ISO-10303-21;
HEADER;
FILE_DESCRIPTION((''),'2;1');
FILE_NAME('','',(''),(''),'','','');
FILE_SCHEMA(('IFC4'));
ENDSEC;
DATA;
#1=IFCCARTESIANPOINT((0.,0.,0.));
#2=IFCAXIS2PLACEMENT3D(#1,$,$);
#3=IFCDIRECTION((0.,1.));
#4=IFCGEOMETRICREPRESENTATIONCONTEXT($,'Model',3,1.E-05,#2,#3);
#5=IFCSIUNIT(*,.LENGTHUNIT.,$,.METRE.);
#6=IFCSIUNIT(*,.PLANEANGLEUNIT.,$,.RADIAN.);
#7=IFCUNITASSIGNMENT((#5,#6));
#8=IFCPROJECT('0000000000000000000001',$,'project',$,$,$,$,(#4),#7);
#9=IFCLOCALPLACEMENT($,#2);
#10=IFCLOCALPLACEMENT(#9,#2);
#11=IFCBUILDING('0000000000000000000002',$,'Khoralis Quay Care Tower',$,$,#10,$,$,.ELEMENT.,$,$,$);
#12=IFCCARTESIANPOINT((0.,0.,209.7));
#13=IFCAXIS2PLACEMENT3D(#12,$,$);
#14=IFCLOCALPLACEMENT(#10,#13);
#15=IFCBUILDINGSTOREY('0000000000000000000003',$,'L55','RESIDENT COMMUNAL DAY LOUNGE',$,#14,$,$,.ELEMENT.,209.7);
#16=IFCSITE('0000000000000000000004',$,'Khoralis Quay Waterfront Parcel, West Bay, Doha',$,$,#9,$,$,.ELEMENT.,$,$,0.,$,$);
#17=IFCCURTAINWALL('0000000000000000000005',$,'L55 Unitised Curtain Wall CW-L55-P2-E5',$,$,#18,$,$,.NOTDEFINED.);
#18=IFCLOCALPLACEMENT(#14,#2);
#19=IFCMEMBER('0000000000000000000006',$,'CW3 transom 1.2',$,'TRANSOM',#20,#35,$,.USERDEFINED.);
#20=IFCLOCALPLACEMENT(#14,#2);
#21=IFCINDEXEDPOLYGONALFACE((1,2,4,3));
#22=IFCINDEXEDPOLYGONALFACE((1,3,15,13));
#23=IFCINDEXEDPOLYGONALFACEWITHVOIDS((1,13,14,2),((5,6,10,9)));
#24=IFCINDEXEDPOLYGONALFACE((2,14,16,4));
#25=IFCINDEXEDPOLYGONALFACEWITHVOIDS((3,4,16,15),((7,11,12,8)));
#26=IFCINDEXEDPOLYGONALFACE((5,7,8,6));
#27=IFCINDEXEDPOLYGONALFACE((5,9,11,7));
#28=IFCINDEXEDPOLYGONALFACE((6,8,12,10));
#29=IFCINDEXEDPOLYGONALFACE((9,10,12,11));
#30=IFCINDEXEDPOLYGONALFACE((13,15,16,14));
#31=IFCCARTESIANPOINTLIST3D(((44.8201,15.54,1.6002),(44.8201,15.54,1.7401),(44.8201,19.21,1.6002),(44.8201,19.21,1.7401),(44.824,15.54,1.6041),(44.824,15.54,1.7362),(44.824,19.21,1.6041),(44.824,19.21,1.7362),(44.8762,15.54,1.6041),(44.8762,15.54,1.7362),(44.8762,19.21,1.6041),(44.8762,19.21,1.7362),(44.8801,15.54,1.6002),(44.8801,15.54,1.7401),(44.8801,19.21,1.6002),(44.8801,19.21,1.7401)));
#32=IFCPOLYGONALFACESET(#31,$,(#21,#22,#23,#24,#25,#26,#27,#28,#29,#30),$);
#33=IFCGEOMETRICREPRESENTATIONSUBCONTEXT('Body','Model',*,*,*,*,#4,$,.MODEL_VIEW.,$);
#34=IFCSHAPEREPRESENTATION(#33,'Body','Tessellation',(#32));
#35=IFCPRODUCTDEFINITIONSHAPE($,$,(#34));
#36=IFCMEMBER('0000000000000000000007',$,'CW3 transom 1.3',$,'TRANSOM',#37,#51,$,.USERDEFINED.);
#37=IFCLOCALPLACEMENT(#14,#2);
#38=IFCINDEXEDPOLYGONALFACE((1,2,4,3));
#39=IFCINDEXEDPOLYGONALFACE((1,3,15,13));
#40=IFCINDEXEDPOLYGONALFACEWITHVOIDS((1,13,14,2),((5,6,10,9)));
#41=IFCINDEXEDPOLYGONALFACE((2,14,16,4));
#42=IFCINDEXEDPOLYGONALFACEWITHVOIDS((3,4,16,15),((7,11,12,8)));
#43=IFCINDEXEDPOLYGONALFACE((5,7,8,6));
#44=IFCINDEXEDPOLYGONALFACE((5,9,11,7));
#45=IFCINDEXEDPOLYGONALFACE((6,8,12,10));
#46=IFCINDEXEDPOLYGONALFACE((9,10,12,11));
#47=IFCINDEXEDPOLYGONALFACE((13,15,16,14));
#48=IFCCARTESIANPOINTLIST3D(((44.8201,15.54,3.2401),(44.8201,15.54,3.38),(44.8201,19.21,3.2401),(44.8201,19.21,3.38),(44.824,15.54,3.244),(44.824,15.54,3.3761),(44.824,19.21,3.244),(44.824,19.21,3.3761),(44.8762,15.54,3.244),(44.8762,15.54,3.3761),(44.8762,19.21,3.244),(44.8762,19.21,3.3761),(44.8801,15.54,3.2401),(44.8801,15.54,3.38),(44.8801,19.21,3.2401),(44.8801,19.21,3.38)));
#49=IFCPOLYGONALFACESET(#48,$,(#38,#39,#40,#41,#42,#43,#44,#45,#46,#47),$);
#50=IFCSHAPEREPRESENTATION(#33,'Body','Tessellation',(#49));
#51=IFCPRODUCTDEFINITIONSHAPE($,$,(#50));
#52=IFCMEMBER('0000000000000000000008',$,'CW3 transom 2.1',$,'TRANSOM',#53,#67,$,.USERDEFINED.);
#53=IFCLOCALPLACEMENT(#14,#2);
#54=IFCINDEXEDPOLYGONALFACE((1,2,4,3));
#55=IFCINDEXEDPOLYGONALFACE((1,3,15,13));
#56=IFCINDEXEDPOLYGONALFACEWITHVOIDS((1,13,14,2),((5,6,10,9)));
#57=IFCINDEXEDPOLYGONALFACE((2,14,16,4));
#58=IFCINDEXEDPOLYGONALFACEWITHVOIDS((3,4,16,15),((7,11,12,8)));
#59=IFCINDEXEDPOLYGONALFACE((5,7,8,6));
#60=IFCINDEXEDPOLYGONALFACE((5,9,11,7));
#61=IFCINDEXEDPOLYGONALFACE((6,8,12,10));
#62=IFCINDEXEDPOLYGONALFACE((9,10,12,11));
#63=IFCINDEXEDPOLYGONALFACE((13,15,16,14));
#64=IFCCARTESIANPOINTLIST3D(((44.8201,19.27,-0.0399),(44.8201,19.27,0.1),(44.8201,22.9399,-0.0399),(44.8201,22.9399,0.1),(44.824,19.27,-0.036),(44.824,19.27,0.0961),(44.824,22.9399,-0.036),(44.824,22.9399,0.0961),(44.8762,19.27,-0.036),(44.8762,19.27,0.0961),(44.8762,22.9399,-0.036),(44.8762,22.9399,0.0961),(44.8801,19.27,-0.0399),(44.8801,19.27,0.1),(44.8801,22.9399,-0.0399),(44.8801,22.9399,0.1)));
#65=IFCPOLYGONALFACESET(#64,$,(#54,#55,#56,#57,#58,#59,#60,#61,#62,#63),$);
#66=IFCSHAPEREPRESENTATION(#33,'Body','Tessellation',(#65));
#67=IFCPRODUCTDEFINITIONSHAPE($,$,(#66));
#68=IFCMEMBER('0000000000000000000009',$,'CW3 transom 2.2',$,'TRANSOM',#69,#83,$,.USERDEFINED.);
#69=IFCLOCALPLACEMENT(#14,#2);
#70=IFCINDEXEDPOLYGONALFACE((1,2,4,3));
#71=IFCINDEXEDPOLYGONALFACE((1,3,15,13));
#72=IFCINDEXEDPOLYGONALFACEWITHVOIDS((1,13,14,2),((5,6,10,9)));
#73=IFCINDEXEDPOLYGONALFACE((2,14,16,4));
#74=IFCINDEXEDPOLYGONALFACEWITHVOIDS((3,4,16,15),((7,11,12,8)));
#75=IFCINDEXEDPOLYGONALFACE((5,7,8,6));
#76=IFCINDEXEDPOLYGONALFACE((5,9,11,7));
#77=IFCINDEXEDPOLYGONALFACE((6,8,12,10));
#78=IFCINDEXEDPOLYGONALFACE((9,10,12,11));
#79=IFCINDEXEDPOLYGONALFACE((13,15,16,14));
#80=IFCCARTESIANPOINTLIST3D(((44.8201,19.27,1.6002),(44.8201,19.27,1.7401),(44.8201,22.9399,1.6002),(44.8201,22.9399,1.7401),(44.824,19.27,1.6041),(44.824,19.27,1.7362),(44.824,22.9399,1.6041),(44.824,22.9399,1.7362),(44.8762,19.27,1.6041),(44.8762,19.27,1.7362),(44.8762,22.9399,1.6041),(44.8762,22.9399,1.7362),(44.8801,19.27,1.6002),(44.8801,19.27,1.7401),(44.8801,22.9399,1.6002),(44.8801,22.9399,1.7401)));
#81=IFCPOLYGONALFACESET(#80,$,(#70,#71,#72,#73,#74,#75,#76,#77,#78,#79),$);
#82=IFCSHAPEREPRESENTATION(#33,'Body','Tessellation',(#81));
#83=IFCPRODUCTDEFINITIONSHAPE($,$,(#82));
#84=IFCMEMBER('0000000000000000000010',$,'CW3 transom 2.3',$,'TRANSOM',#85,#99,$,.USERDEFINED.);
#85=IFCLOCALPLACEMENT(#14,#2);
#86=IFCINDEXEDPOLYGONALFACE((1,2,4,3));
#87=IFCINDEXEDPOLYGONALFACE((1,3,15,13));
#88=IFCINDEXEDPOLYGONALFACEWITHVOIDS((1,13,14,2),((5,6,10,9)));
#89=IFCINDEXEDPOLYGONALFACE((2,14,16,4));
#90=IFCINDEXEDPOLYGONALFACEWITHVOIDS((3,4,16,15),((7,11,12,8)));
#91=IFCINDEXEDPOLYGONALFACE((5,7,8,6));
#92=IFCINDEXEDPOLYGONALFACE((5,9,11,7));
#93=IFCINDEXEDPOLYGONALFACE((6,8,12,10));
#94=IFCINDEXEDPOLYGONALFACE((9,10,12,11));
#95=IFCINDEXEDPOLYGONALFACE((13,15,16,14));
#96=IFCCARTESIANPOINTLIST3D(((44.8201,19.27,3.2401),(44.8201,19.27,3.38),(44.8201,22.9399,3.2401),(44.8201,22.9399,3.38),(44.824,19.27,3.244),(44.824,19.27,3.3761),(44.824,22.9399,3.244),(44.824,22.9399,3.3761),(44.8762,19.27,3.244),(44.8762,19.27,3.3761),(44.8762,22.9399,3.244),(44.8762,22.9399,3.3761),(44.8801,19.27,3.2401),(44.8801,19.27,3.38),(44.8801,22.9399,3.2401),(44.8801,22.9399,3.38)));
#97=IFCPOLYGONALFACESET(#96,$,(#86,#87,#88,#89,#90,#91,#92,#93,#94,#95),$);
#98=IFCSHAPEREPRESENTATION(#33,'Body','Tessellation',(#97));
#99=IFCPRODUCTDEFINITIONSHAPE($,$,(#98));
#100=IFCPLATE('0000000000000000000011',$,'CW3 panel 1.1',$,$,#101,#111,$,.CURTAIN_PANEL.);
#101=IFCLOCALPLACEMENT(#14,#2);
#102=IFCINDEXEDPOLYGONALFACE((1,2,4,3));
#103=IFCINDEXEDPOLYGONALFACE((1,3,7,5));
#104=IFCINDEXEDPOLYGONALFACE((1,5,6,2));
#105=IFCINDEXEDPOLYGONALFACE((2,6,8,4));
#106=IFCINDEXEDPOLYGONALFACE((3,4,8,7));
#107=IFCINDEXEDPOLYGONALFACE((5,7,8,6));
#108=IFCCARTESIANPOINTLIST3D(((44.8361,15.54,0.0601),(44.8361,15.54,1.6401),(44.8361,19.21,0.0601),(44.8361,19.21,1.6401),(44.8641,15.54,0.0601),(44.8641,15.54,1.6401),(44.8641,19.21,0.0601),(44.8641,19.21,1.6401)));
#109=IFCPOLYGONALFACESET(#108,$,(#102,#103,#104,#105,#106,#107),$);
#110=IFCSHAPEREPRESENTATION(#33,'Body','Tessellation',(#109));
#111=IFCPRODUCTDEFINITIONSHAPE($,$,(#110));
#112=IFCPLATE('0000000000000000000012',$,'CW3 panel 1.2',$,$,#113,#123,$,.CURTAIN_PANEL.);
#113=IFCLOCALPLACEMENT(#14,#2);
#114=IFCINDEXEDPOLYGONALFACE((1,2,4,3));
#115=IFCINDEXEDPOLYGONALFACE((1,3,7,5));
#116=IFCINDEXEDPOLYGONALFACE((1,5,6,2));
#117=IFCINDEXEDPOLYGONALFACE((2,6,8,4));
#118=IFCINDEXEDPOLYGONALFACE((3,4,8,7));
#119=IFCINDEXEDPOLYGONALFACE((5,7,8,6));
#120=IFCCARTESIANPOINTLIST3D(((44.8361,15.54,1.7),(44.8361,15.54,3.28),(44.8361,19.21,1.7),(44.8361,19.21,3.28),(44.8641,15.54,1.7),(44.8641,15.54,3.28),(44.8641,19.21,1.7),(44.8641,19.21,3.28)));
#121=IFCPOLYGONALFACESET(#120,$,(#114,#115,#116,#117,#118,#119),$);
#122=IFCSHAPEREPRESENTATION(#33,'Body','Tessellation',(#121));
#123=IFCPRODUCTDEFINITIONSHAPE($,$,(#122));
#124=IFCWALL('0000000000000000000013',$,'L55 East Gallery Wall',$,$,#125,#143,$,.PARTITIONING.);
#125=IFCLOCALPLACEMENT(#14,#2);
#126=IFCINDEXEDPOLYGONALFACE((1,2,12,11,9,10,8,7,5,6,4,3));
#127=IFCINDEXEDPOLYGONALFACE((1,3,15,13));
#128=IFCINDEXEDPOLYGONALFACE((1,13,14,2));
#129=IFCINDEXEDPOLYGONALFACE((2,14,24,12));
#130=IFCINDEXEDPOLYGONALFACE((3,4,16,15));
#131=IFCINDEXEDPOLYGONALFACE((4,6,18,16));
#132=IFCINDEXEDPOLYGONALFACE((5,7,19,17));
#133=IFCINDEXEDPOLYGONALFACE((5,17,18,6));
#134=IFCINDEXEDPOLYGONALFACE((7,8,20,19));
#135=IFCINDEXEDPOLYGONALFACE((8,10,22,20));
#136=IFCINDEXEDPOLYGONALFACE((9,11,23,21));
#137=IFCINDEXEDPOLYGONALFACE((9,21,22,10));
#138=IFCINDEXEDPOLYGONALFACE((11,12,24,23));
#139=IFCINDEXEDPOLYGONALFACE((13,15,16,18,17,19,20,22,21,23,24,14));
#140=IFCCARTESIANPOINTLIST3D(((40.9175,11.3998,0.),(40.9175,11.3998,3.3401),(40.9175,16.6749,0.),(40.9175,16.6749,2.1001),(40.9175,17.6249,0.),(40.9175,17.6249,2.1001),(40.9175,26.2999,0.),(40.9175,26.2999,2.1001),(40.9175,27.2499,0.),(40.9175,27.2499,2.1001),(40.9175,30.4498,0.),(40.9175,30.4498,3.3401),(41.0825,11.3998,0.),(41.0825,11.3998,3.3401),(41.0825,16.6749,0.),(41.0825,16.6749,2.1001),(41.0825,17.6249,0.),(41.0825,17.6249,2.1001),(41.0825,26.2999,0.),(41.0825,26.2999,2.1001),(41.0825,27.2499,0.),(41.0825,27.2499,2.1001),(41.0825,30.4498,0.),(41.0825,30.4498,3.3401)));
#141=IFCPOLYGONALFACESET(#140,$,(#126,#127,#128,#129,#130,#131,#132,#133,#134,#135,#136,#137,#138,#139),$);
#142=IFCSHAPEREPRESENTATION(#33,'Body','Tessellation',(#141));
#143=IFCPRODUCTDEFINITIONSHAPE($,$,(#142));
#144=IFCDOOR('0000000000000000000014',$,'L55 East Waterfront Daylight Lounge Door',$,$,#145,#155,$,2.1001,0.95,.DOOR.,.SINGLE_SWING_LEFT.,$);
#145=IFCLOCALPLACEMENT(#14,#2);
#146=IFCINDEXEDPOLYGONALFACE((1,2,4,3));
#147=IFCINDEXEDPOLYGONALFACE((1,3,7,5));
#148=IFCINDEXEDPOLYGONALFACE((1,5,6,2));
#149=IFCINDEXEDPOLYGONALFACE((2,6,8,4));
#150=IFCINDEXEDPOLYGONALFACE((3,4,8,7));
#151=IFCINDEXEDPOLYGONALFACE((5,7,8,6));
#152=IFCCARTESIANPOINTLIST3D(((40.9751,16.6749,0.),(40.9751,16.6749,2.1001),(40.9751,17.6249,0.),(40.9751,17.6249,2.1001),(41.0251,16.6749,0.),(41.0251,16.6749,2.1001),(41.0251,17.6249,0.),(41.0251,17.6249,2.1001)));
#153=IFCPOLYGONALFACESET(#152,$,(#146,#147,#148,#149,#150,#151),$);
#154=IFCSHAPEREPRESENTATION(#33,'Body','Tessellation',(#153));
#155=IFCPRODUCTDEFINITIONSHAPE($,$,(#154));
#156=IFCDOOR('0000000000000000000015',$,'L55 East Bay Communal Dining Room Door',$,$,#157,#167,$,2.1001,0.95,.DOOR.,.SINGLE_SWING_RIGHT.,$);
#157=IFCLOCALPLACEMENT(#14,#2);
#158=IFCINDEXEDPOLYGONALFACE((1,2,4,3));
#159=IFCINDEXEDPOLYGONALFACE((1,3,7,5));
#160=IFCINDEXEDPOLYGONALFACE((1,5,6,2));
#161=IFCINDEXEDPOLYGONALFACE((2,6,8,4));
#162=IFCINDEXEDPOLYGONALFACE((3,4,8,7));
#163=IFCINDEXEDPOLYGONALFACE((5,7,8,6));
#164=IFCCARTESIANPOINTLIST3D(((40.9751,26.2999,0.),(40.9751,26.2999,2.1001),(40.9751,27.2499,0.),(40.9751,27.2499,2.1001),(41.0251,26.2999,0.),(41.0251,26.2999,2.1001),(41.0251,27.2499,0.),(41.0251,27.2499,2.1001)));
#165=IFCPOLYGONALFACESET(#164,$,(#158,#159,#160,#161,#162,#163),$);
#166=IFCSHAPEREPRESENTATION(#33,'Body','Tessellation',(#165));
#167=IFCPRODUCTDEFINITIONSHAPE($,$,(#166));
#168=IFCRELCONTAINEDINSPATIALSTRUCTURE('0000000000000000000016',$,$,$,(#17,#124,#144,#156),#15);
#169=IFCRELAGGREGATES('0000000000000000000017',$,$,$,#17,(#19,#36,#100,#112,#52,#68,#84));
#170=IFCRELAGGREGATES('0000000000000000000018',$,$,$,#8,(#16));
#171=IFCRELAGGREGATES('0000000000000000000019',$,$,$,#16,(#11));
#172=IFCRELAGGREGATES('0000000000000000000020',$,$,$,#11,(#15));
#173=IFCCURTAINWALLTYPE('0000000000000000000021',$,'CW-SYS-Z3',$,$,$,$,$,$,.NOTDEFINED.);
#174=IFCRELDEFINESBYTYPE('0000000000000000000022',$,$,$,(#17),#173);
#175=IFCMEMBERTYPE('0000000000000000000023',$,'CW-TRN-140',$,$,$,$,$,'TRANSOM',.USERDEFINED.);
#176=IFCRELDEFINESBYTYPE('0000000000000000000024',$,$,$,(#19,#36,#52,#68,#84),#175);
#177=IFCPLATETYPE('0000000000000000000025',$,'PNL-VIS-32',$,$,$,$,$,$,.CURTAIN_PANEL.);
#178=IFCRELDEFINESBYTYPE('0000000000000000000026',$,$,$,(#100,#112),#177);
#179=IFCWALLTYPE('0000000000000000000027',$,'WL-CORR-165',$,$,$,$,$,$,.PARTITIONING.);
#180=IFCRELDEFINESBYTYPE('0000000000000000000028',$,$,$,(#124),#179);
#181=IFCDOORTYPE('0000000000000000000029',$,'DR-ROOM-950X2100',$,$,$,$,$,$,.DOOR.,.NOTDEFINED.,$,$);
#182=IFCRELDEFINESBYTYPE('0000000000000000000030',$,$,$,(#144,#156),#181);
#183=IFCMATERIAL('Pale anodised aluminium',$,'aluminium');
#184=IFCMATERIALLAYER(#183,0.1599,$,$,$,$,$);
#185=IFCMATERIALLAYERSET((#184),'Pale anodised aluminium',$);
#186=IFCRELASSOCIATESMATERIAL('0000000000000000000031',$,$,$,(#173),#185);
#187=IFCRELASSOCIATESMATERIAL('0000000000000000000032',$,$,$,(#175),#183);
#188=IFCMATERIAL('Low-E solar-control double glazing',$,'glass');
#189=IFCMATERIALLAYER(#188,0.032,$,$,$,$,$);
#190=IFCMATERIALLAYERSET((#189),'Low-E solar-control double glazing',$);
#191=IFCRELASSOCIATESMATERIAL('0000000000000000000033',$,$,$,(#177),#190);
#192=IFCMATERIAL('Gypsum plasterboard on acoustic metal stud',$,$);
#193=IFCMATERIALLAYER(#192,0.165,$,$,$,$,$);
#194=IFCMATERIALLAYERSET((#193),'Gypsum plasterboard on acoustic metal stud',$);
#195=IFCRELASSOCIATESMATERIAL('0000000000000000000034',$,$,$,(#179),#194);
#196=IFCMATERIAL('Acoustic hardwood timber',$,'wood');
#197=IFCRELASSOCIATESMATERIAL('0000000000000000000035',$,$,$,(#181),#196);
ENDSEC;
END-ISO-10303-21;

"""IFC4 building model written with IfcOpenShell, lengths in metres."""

from ifc_helpers import new_model, si_unit, direction, frame, frame_2d, origin, origin_2d, place, context, subcontext, project, spatial, rectangle, hollow_rectangle, extrude, source, transform, mapped, material, layer, layer_set, material_profile, profile_set, type_object, element, fill, aggregate, save


model = new_model("IFC4")

# Units and contexts
model_context = context("Model", 3, precision=1e-05, world=origin(), true_north=direction((0.0, 1.0)))
body_context = subcontext(model_context, "Body", "Model", "MODEL_VIEW")
ifc_project = project(units=[si_unit("LENGTHUNIT", "METRE"), si_unit("PLANEANGLEUNIT", "RADIAN")], contexts=[model_context])

# Site, building, storey
site_placement = place(None, origin())
site = spatial("IfcSite", under=ifc_project, at=site_placement, Name="Khoralis Quay Waterfront Parcel, West Bay, Doha", CompositionType="ELEMENT", RefElevation=0.0)
building_placement = place(site_placement, origin())
building = spatial("IfcBuilding", under=site, at=building_placement, Name="Khoralis Quay Care Tower", CompositionType="ELEMENT")
storey_placement = place(building_placement, frame((0.0, 0.0, 209.7)))
storey = spatial("IfcBuildingStorey", under=building, at=storey_placement, Name="L55", Description="RESIDENT COMMUNAL DAY LOUNGE", CompositionType="ELEMENT", Elevation=209.7)

# Curtain wall, members, plates
ifc_material_1 = material(Name="Pale anodised aluminium", Category="aluminium")
ifc_layer_1 = layer(ifc_material_1, 0.1599)
ifc_layer_set_1 = layer_set([ifc_layer_1], Name="Pale anodised aluminium")
curtain_wall_type = type_object("IfcCurtainWallType", Name="CW-SYS-Z3", PredefinedType="NOTDEFINED", material=ifc_layer_set_1)
curtain_wall_placement = place(storey_placement, origin())
curtain_wall = element("IfcCurtainWall", 1, at=curtain_wall_placement, inside=storey, type_object=curtain_wall_type, Name="L55 Unitised Curtain Wall CW-L55-P2-E5", PredefinedType="NOTDEFINED")
ifc_material_profile_1 = material_profile(ifc_material_1, hollow_rectangle(XDim=0.0601, YDim=0.1399, WallThickness=0.0039, at=origin_2d()), Name="Pale anodised aluminium")
ifc_profile_set_1 = profile_set([ifc_material_profile_1], Name="Pale anodised aluminium")
member_type_1 = type_object("IfcMemberType", Name="CW-TRN-140", ElementType="TRANSOM", PredefinedType="USERDEFINED", material=ifc_profile_set_1)
shared_shape_1 = source(origin(), body_context, "Body", "SweptSolid", [
    extrude(hollow_rectangle(XDim=0.0601, YDim=0.1399, WallThickness=0.0039, at=origin_2d()), origin(), (0.0, 0.0, 1.0), 3.6699),
])
member_1_placement = place(storey_placement, frame((44.8501, 15.54, 1.6702), z_axis=(0.0, 1.0, 0.0), x_axis=(-1.0, 0.0, 0.0)))
member_1 = element("IfcMember", 2, at=member_1_placement, type_object=member_type_1, Name="CW3 transom 1.2", ObjectType="TRANSOM", PredefinedType="USERDEFINED", context=body_context, shape_type="MappedRepresentation", body=[
    mapped(shared_shape_1, transform((0.0, 0.0, 0.0), scale=1.0)),
])
member_2_placement = place(storey_placement, frame((44.8501, 15.54, 3.3101), z_axis=(0.0, 1.0, 0.0), x_axis=(-1.0, 0.0, 0.0)))
member_2 = element("IfcMember", 3, at=member_2_placement, type_object=member_type_1, Name="CW3 transom 1.3", ObjectType="TRANSOM", PredefinedType="USERDEFINED", context=body_context, shape_type="MappedRepresentation", body=[
    mapped(shared_shape_1, transform((0.0, 0.0, 0.0), scale=1.0)),
])
member_3_placement = place(storey_placement, frame((44.8501, 19.27, 0.03), z_axis=(0.0, 1.0, 0.0), x_axis=(-1.0, 0.0, 0.0)))
member_3 = element("IfcMember", 4, at=member_3_placement, type_object=member_type_1, Name="CW3 transom 2.1", ObjectType="TRANSOM", PredefinedType="USERDEFINED", context=body_context, shape_type="MappedRepresentation", body=[
    mapped(shared_shape_1, transform((0.0, 0.0, 0.0), scale=1.0)),
])
member_4_placement = place(storey_placement, frame((44.8501, 19.27, 1.6702), z_axis=(0.0, 1.0, 0.0), x_axis=(-1.0, 0.0, 0.0)))
member_4 = element("IfcMember", 5, at=member_4_placement, type_object=member_type_1, Name="CW3 transom 2.2", ObjectType="TRANSOM", PredefinedType="USERDEFINED", context=body_context, shape_type="MappedRepresentation", body=[
    mapped(shared_shape_1, transform((0.0, 0.0, 0.0), scale=1.0)),
])
member_5_placement = place(storey_placement, frame((44.8501, 19.27, 3.3101), z_axis=(0.0, 1.0, 0.0), x_axis=(-1.0, 0.0, 0.0)))
member_5 = element("IfcMember", 6, at=member_5_placement, type_object=member_type_1, Name="CW3 transom 2.3", ObjectType="TRANSOM", PredefinedType="USERDEFINED", context=body_context, shape_type="MappedRepresentation", body=[
    mapped(shared_shape_1, transform((0.0, 0.0, 0.0), scale=1.0)),
])
ifc_material_2 = material(Name="Low-E solar-control double glazing", Category="glass")
ifc_layer_2 = layer(ifc_material_2, 0.032)
ifc_layer_set_2 = layer_set([ifc_layer_2], Name="Low-E solar-control double glazing")
plate_type = type_object("IfcPlateType", Name="PNL-VIS-32", PredefinedType="CURTAIN_PANEL", material=ifc_layer_set_2)
shared_shape_2 = source(origin(), body_context, "Body", "SweptSolid", [
    extrude(rectangle(XDim=3.6699, YDim=0.0281, at=origin_2d()), origin(), (0.0, 0.0, 1.0), 1.5801),
])
plate_1_placement = place(storey_placement, frame((44.8501, 17.375, 0.0601), z_axis=(0.0, 0.0, 1.0), x_axis=(0.0, 1.0, 0.0)))
plate_1 = element("IfcPlate", 7, at=plate_1_placement, type_object=plate_type, Name="CW3 panel 1.1", PredefinedType="CURTAIN_PANEL", context=body_context, shape_type="MappedRepresentation", body=[
    mapped(shared_shape_2, transform((0.0, 0.0, 0.0), scale=1.0)),
])
plate_2_placement = place(storey_placement, frame((44.8501, 17.375, 1.7), z_axis=(0.0, 0.0, 1.0), x_axis=(0.0, 1.0, 0.0)))
plate_2 = element("IfcPlate", 8, at=plate_2_placement, type_object=plate_type, Name="CW3 panel 1.2", PredefinedType="CURTAIN_PANEL", context=body_context, shape_type="MappedRepresentation", body=[
    mapped(shared_shape_2, transform((0.0, 0.0, 0.0), scale=1.0)),
])
aggregate(curtain_wall, [member_1, member_2, plate_1, plate_2, member_3, member_4, member_5])

# Wall, openings, doors
ifc_material_3 = material(Name="Gypsum plasterboard on acoustic metal stud")
ifc_layer_3 = layer(ifc_material_3, 0.165)
ifc_layer_set_3 = layer_set([ifc_layer_3], Name="Gypsum plasterboard on acoustic metal stud")
wall_type = type_object("IfcWallType", Name="WL-CORR-165", PredefinedType="PARTITIONING", material=ifc_layer_set_3)
wall_1_placement = place(storey_placement, frame((41.0, 11.3999, 0.0), z_axis=(0.0, 0.0, 1.0), x_axis=(0.0, 1.0, 0.0)))
wall_1 = element("IfcWall", 9, at=wall_1_placement, inside=storey, type_object=wall_type, Name="L55 East Gallery Wall", PredefinedType="PARTITIONING", context=body_context, shape_type="SweptSolid", body=[
    extrude(rectangle(XDim=19.05, YDim=0.165, at=frame_2d((9.5249, 0.0))), origin(), (0.0, 0.0, 1.0), 3.3401),
])
opening_1_placement = place(wall_1_placement, frame((5.2749, 0.0, 0.0)))
opening_1 = element("IfcOpeningElement", 10, at=opening_1_placement, cuts=wall_1, PredefinedType="OPENING", context=body_context, shape_type="SweptSolid", body=[
    extrude(rectangle(XDim=0.95, YDim=2.1001, at=frame_2d((0.4751, 1.05))), frame((0.0, 0.0925, 0.0), z_axis=(0.0, -1.0, 0.0), x_axis=(1.0, 0.0, 0.0)), (0.0, 0.0, 1.0), 0.1851),
])
opening_2_placement = place(wall_1_placement, frame((14.8999, 0.0, 0.0)))
opening_2 = element("IfcOpeningElement", 11, at=opening_2_placement, cuts=wall_1, PredefinedType="OPENING", context=body_context, shape_type="SweptSolid", body=[
    extrude(rectangle(XDim=0.95, YDim=2.1001, at=frame_2d((0.4751, 1.05))), frame((0.0, 0.0925, 0.0), z_axis=(0.0, -1.0, 0.0), x_axis=(1.0, 0.0, 0.0)), (0.0, 0.0, 1.0), 0.1851),
])
ifc_material_4 = material(Name="Acoustic hardwood timber", Category="wood")
door_type = type_object("IfcDoorType", Name="DR-ROOM-950X2100", OperationType="NOTDEFINED", PredefinedType="DOOR", material=ifc_material_4)
shared_shape_3 = source(origin(), body_context, "Body", "SweptSolid", [
    extrude(rectangle(XDim=0.95, YDim=2.1001, at=frame_2d((0.4751, 1.05))), frame((0.0, 0.0249, 0.0), z_axis=(0.0, -1.0, 0.0), x_axis=(1.0, 0.0, 0.0)), (0.0, 0.0, 1.0), 0.05),
])
door_1_placement = place(opening_1_placement, origin())
door_1 = element("IfcDoor", 12, at=door_1_placement, inside=storey, type_object=door_type, Name="L55 East Waterfront Daylight Lounge Door", OperationType="SINGLE_SWING_LEFT", OverallHeight=2.1001, OverallWidth=0.95, PredefinedType="DOOR", context=body_context, shape_type="MappedRepresentation", body=[
    mapped(shared_shape_3, transform((0.0, 0.0, 0.0), scale=1.0)),
])
fill(opening_1, door_1)
door_2_placement = place(opening_2_placement, origin())
door_2 = element("IfcDoor", 13, at=door_2_placement, inside=storey, type_object=door_type, Name="L55 East Bay Communal Dining Room Door", OperationType="SINGLE_SWING_RIGHT", OverallHeight=2.1001, OverallWidth=0.95, PredefinedType="DOOR", context=body_context, shape_type="MappedRepresentation", body=[
    mapped(shared_shape_3, transform((0.0, 0.0, 0.0), scale=1.0)),
])
fill(opening_2, door_2)

save(model, "model.ifc")
